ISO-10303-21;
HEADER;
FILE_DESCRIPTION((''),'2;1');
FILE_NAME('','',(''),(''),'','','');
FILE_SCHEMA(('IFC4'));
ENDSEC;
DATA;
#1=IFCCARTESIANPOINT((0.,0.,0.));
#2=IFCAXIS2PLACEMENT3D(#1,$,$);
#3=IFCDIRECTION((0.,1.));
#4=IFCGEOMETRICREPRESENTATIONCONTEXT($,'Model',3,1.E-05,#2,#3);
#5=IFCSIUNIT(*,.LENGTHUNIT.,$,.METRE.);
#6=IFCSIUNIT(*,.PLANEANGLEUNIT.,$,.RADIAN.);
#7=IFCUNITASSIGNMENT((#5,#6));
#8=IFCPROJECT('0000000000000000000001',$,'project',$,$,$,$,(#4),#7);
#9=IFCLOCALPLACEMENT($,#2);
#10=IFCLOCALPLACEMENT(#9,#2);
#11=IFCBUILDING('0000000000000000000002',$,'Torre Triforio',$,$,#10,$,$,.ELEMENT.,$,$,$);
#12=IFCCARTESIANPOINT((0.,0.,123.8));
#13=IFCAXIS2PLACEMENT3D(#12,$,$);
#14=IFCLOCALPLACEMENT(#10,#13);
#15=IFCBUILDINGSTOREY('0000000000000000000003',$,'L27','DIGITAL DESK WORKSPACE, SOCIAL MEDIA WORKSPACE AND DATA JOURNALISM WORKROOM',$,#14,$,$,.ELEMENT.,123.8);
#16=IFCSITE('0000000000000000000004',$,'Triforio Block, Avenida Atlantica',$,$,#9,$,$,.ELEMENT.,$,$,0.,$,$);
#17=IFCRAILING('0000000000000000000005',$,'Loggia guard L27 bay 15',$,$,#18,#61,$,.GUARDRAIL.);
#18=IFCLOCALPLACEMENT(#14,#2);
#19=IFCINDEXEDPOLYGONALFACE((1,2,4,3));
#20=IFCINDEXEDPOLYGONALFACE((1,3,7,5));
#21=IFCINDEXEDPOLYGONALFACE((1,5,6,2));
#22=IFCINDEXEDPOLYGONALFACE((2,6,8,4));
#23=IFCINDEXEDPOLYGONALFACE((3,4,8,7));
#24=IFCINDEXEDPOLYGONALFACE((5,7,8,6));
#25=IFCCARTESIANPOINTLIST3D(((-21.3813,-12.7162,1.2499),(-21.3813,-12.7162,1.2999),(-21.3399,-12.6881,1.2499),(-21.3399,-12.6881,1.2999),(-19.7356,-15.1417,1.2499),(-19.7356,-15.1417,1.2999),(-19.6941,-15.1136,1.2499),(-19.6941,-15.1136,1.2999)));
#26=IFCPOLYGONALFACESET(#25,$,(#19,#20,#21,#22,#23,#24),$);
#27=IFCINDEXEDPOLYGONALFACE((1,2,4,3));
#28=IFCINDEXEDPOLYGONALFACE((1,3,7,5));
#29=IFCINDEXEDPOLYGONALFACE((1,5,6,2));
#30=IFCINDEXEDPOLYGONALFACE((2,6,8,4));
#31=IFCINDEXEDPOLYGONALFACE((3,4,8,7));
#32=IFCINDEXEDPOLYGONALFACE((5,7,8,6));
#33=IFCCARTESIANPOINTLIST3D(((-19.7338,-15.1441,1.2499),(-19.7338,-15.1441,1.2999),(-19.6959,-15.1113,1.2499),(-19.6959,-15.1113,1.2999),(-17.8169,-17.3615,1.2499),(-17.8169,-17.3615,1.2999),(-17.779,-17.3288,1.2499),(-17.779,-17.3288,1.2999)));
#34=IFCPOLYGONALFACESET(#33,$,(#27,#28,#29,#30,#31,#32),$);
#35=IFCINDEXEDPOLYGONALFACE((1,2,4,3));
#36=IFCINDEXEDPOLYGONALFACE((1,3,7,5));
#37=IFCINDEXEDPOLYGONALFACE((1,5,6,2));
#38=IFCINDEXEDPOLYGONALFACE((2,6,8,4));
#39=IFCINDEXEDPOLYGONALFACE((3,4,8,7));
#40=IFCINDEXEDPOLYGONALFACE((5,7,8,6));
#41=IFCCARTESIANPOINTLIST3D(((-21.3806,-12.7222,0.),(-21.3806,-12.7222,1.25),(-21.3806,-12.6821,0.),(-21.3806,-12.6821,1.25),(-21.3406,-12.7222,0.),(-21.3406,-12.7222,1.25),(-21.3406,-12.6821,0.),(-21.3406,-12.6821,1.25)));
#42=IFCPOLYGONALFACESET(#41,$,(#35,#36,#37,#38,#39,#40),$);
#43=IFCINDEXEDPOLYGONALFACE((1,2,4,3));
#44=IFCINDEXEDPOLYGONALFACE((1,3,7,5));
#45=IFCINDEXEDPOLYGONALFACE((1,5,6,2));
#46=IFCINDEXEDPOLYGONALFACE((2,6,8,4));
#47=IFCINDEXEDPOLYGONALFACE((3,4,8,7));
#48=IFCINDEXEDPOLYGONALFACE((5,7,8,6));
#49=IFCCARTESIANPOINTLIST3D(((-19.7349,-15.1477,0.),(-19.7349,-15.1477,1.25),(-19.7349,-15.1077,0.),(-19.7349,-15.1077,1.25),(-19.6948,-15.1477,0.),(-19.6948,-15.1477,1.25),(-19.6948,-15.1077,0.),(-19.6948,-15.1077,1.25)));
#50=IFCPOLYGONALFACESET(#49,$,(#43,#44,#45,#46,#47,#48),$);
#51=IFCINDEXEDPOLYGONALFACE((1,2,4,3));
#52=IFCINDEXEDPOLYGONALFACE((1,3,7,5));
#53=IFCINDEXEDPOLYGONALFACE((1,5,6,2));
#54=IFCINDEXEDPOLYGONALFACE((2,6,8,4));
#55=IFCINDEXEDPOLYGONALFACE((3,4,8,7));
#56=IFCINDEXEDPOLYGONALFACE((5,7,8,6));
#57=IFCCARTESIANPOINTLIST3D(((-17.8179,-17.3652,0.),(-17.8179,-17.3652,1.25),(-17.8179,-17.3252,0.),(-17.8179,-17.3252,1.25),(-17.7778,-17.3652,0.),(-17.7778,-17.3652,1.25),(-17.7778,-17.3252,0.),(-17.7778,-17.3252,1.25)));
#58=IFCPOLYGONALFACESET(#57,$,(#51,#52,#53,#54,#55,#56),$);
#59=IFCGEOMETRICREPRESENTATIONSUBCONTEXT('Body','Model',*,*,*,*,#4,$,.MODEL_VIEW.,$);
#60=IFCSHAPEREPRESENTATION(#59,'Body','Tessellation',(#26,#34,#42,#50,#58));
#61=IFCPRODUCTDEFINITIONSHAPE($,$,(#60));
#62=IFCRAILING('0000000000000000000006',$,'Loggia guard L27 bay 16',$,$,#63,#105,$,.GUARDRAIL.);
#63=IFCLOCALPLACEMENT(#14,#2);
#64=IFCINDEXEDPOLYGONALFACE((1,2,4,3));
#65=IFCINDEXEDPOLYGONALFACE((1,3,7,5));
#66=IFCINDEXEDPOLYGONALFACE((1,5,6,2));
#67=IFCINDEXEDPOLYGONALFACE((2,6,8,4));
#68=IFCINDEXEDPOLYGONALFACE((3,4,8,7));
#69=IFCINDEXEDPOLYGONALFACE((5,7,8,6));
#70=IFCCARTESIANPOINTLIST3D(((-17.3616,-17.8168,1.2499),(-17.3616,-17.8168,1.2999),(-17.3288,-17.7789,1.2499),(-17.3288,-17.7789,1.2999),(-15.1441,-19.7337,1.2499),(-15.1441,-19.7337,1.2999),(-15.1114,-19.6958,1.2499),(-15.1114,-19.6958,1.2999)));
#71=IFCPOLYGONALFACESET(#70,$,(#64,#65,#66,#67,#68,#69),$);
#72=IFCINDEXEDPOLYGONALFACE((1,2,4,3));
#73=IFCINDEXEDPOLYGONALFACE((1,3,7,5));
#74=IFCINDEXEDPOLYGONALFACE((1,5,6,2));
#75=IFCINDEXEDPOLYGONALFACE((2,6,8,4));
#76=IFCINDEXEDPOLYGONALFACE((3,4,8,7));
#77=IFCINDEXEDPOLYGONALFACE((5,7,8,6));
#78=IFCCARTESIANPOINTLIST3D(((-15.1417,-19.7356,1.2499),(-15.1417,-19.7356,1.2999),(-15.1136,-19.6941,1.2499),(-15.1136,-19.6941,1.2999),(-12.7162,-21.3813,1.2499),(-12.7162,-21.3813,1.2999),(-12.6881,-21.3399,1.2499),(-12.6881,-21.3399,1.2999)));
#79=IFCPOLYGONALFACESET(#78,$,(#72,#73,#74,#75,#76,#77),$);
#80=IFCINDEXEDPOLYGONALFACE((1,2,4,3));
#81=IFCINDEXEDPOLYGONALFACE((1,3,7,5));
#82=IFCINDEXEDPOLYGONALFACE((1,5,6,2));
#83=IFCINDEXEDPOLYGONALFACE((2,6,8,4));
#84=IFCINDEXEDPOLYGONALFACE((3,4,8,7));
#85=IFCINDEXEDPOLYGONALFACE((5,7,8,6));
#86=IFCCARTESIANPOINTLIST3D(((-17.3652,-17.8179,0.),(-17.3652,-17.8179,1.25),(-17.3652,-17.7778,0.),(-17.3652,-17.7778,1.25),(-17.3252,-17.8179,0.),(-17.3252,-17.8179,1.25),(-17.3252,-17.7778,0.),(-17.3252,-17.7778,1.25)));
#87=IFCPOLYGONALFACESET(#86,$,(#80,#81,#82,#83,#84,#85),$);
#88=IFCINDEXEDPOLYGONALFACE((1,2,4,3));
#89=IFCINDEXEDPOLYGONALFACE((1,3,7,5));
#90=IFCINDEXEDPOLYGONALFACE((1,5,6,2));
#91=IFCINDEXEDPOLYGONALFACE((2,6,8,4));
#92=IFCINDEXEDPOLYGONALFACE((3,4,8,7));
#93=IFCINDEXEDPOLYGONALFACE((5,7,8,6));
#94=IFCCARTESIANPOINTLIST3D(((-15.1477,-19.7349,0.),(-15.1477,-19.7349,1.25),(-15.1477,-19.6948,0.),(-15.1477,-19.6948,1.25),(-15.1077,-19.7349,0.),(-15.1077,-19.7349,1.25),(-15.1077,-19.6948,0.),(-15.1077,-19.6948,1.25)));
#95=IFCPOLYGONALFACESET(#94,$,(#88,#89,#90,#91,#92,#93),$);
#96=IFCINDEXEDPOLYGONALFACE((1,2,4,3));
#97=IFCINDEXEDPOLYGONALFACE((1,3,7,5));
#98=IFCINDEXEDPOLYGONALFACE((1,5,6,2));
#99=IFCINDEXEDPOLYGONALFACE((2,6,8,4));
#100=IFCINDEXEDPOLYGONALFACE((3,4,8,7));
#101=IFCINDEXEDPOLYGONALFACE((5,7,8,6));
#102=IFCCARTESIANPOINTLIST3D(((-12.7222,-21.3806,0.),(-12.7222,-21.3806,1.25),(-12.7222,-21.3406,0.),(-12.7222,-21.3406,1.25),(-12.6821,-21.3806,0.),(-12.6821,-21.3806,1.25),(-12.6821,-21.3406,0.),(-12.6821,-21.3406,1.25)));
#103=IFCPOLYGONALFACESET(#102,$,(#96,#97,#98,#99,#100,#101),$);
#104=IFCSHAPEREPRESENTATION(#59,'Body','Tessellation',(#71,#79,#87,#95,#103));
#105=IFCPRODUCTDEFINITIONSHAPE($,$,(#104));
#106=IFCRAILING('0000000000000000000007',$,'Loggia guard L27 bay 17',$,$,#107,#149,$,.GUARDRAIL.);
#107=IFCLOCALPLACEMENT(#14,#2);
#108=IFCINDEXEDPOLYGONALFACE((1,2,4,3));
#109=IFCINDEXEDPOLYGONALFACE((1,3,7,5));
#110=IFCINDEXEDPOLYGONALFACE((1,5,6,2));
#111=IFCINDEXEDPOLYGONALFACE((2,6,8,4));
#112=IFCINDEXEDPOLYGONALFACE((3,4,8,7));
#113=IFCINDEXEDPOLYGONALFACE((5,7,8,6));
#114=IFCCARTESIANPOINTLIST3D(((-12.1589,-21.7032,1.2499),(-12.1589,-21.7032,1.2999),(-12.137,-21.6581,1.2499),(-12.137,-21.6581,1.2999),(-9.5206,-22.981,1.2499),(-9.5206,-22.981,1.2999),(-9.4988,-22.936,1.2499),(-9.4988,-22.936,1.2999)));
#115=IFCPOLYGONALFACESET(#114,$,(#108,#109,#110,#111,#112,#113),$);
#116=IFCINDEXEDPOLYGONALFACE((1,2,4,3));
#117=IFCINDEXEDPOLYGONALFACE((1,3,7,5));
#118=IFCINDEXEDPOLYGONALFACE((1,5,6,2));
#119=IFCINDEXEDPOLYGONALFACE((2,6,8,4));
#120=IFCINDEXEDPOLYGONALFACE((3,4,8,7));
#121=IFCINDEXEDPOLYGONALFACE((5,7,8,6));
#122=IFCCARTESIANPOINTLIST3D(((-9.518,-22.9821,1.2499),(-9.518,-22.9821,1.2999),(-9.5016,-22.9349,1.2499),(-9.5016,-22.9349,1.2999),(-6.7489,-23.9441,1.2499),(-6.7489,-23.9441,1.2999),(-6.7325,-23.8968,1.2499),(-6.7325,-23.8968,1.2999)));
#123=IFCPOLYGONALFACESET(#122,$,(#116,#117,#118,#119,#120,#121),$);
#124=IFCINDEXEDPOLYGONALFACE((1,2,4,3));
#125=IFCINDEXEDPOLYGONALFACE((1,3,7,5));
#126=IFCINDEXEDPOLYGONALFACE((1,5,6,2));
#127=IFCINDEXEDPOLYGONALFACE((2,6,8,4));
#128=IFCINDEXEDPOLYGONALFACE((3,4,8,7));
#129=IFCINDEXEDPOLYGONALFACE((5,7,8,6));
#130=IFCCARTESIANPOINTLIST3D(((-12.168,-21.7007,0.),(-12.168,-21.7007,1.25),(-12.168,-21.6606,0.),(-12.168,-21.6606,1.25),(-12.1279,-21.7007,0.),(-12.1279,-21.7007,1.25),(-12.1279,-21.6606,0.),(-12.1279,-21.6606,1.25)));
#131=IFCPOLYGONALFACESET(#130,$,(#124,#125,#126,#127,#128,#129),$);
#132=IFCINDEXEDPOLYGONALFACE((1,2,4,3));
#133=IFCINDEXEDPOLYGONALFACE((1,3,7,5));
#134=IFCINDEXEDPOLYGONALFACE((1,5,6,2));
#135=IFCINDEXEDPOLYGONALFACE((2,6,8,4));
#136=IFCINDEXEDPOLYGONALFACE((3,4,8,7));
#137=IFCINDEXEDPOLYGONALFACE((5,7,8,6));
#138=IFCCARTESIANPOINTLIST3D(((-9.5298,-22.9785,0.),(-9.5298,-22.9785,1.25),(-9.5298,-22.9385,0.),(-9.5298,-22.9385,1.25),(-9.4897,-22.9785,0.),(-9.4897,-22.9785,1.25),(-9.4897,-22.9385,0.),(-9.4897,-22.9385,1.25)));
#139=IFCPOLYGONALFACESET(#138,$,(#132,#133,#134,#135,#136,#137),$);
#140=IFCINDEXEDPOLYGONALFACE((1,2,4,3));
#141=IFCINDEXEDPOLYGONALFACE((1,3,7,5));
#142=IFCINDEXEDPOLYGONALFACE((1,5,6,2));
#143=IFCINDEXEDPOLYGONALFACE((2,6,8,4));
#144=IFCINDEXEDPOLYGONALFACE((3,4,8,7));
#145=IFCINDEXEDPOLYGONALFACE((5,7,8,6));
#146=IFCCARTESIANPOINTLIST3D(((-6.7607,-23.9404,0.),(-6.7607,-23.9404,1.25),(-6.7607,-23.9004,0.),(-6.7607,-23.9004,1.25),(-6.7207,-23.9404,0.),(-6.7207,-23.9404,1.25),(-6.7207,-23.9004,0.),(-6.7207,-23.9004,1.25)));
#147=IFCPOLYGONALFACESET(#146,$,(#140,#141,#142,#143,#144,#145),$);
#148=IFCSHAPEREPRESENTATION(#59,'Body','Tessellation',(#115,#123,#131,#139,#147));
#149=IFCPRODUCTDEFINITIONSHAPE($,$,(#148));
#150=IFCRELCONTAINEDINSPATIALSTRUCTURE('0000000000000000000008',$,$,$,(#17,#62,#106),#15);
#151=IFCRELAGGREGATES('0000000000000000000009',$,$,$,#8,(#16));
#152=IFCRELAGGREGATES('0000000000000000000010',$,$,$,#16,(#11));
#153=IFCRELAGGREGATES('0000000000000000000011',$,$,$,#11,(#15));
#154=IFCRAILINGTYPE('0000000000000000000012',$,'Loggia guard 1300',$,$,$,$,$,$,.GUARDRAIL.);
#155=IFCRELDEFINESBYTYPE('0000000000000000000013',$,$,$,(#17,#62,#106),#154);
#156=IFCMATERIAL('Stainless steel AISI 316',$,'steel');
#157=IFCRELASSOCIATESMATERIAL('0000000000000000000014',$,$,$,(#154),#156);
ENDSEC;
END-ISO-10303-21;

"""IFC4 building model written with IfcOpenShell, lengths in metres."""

from ifc_helpers import new_model, si_unit, direction, frame, origin, origin_2d, place, context, subcontext, project, spatial, rectangle, extrude, material, type_object, element, save


model = new_model("IFC4")

# Units and contexts
model_context = context("Model", 3, precision=1e-05, world=origin(), true_north=direction((0.0, 1.0)))
body_context = subcontext(model_context, "Body", "Model", "MODEL_VIEW")
ifc_project = project(units=[si_unit("LENGTHUNIT", "METRE"), si_unit("PLANEANGLEUNIT", "RADIAN")], contexts=[model_context])

# Site, building, storey
site_placement = place(None, origin())
site = spatial("IfcSite", under=ifc_project, at=site_placement, Name="Triforio Block, Avenida Atlantica", CompositionType="ELEMENT", RefElevation=0.0)
building_placement = place(site_placement, origin())
building = spatial("IfcBuilding", under=site, at=building_placement, Name="Torre Triforio", CompositionType="ELEMENT")
storey_placement = place(building_placement, frame((0.0, 0.0, 123.8)))
storey = spatial("IfcBuildingStorey", under=building, at=storey_placement, Name="L27", Description="DIGITAL DESK WORKSPACE, SOCIAL MEDIA WORKSPACE AND DATA JOURNALISM WORKROOM", CompositionType="ELEMENT", Elevation=123.8)

# Railings
ifc_material_1 = material(Name="Stainless steel AISI 316", Category="steel")
railing_type = type_object("IfcRailingType", Name="Loggia guard 1300", PredefinedType="GUARDRAIL", material=ifc_material_1)
railing_1_placement = place(storey_placement, frame((-21.3606, -12.7021, 0.0)))
element("IfcRailing", 1, at=railing_1_placement, inside=storey, type_object=railing_type, Name="Loggia guard L27 bay 15", PredefinedType="GUARDRAIL", context=body_context, shape_type="SweptSolid", body=[
    extrude(rectangle(XDim=0.05, YDim=0.05, at=origin_2d()), frame((0.0, 0.0, 1.2749), z_axis=(0.561467, -0.827499, 0.0), x_axis=(0.827499, 0.561467, 0.0)), (0.0, 0.0, 1.0), 2.9312),
    extrude(rectangle(XDim=0.05, YDim=0.05, at=origin_2d()), frame((1.6458, -2.4255, 1.2749), z_axis=(0.653982, -0.75651, 0.0), x_axis=(0.75651, 0.653982, 0.0)), (0.0, 0.0, 1.0), 2.9312),
    extrude(rectangle(XDim=0.04, YDim=0.04, at=origin_2d()), origin(), (0.0, 0.0, 1.0), 1.25),
    extrude(rectangle(XDim=0.04, YDim=0.04, at=origin_2d()), frame((1.6458, -2.4255, 0.0)), (0.0, 0.0, 1.0), 1.25),
    extrude(rectangle(XDim=0.04, YDim=0.04, at=origin_2d()), frame((3.5627, -4.6431, 0.0)), (0.0, 0.0, 1.0), 1.25),
])
railing_2_placement = place(storey_placement, frame((-17.3452, -17.7979, 0.0)))
element("IfcRailing", 2, at=railing_2_placement, inside=storey, type_object=railing_type, Name="Loggia guard L27 bay 16", PredefinedType="GUARDRAIL", context=body_context, shape_type="SweptSolid", body=[
    extrude(rectangle(XDim=0.05, YDim=0.05, at=origin_2d()), frame((0.0, 0.0, 1.2749), z_axis=(0.75651, -0.653982, 0.0), x_axis=(0.653982, 0.75651, 0.0)), (0.0, 0.0, 1.0), 2.9312),
    extrude(rectangle(XDim=0.05, YDim=0.05, at=origin_2d()), frame((2.2175, -1.917, 1.2749), z_axis=(0.827499, -0.561467, 0.0), x_axis=(0.561467, 0.827499, 0.0)), (0.0, 0.0, 1.0), 2.9312),
    extrude(rectangle(XDim=0.04, YDim=0.04, at=origin_2d()), origin(), (0.0, 0.0, 1.0), 1.25),
    extrude(rectangle(XDim=0.04, YDim=0.04, at=origin_2d()), frame((2.2175, -1.917, 0.0)), (0.0, 0.0, 1.0), 1.25),
    extrude(rectangle(XDim=0.04, YDim=0.04, at=origin_2d()), frame((4.6431, -3.5627, 0.0)), (0.0, 0.0, 1.0), 1.25),
])
railing_3_placement = place(storey_placement, frame((-12.1479, -21.6807, 0.0)))
element("IfcRailing", 3, at=railing_3_placement, inside=storey, type_object=railing_type, Name="Loggia guard L27 bay 17", PredefinedType="GUARDRAIL", context=body_context, shape_type="SweptSolid", body=[
    extrude(rectangle(XDim=0.05, YDim=0.05, at=origin_2d()), frame((0.0, 0.0, 1.2749), z_axis=(0.899986, -0.435918, 0.0), x_axis=(0.435918, 0.899986, 0.0)), (0.0, 0.0, 1.0), 2.9314),
    extrude(rectangle(XDim=0.05, YDim=0.05, at=origin_2d()), frame((2.6382, -1.2778, 1.2749), z_axis=(0.944627, -0.328146, 0.0), x_axis=(0.328146, 0.944627, 0.0)), (0.0, 0.0, 1.0), 2.9314),
    extrude(rectangle(XDim=0.04, YDim=0.04, at=origin_2d()), origin(), (0.0, 0.0, 1.0), 1.25),
    extrude(rectangle(XDim=0.04, YDim=0.04, at=origin_2d()), frame((2.6382, -1.2778, 0.0)), (0.0, 0.0, 1.0), 1.25),
    extrude(rectangle(XDim=0.04, YDim=0.04, at=origin_2d()), frame((5.4072, -2.2397, 0.0)), (0.0, 0.0, 1.0), 1.25),
])

save(model, "model.ifc")
